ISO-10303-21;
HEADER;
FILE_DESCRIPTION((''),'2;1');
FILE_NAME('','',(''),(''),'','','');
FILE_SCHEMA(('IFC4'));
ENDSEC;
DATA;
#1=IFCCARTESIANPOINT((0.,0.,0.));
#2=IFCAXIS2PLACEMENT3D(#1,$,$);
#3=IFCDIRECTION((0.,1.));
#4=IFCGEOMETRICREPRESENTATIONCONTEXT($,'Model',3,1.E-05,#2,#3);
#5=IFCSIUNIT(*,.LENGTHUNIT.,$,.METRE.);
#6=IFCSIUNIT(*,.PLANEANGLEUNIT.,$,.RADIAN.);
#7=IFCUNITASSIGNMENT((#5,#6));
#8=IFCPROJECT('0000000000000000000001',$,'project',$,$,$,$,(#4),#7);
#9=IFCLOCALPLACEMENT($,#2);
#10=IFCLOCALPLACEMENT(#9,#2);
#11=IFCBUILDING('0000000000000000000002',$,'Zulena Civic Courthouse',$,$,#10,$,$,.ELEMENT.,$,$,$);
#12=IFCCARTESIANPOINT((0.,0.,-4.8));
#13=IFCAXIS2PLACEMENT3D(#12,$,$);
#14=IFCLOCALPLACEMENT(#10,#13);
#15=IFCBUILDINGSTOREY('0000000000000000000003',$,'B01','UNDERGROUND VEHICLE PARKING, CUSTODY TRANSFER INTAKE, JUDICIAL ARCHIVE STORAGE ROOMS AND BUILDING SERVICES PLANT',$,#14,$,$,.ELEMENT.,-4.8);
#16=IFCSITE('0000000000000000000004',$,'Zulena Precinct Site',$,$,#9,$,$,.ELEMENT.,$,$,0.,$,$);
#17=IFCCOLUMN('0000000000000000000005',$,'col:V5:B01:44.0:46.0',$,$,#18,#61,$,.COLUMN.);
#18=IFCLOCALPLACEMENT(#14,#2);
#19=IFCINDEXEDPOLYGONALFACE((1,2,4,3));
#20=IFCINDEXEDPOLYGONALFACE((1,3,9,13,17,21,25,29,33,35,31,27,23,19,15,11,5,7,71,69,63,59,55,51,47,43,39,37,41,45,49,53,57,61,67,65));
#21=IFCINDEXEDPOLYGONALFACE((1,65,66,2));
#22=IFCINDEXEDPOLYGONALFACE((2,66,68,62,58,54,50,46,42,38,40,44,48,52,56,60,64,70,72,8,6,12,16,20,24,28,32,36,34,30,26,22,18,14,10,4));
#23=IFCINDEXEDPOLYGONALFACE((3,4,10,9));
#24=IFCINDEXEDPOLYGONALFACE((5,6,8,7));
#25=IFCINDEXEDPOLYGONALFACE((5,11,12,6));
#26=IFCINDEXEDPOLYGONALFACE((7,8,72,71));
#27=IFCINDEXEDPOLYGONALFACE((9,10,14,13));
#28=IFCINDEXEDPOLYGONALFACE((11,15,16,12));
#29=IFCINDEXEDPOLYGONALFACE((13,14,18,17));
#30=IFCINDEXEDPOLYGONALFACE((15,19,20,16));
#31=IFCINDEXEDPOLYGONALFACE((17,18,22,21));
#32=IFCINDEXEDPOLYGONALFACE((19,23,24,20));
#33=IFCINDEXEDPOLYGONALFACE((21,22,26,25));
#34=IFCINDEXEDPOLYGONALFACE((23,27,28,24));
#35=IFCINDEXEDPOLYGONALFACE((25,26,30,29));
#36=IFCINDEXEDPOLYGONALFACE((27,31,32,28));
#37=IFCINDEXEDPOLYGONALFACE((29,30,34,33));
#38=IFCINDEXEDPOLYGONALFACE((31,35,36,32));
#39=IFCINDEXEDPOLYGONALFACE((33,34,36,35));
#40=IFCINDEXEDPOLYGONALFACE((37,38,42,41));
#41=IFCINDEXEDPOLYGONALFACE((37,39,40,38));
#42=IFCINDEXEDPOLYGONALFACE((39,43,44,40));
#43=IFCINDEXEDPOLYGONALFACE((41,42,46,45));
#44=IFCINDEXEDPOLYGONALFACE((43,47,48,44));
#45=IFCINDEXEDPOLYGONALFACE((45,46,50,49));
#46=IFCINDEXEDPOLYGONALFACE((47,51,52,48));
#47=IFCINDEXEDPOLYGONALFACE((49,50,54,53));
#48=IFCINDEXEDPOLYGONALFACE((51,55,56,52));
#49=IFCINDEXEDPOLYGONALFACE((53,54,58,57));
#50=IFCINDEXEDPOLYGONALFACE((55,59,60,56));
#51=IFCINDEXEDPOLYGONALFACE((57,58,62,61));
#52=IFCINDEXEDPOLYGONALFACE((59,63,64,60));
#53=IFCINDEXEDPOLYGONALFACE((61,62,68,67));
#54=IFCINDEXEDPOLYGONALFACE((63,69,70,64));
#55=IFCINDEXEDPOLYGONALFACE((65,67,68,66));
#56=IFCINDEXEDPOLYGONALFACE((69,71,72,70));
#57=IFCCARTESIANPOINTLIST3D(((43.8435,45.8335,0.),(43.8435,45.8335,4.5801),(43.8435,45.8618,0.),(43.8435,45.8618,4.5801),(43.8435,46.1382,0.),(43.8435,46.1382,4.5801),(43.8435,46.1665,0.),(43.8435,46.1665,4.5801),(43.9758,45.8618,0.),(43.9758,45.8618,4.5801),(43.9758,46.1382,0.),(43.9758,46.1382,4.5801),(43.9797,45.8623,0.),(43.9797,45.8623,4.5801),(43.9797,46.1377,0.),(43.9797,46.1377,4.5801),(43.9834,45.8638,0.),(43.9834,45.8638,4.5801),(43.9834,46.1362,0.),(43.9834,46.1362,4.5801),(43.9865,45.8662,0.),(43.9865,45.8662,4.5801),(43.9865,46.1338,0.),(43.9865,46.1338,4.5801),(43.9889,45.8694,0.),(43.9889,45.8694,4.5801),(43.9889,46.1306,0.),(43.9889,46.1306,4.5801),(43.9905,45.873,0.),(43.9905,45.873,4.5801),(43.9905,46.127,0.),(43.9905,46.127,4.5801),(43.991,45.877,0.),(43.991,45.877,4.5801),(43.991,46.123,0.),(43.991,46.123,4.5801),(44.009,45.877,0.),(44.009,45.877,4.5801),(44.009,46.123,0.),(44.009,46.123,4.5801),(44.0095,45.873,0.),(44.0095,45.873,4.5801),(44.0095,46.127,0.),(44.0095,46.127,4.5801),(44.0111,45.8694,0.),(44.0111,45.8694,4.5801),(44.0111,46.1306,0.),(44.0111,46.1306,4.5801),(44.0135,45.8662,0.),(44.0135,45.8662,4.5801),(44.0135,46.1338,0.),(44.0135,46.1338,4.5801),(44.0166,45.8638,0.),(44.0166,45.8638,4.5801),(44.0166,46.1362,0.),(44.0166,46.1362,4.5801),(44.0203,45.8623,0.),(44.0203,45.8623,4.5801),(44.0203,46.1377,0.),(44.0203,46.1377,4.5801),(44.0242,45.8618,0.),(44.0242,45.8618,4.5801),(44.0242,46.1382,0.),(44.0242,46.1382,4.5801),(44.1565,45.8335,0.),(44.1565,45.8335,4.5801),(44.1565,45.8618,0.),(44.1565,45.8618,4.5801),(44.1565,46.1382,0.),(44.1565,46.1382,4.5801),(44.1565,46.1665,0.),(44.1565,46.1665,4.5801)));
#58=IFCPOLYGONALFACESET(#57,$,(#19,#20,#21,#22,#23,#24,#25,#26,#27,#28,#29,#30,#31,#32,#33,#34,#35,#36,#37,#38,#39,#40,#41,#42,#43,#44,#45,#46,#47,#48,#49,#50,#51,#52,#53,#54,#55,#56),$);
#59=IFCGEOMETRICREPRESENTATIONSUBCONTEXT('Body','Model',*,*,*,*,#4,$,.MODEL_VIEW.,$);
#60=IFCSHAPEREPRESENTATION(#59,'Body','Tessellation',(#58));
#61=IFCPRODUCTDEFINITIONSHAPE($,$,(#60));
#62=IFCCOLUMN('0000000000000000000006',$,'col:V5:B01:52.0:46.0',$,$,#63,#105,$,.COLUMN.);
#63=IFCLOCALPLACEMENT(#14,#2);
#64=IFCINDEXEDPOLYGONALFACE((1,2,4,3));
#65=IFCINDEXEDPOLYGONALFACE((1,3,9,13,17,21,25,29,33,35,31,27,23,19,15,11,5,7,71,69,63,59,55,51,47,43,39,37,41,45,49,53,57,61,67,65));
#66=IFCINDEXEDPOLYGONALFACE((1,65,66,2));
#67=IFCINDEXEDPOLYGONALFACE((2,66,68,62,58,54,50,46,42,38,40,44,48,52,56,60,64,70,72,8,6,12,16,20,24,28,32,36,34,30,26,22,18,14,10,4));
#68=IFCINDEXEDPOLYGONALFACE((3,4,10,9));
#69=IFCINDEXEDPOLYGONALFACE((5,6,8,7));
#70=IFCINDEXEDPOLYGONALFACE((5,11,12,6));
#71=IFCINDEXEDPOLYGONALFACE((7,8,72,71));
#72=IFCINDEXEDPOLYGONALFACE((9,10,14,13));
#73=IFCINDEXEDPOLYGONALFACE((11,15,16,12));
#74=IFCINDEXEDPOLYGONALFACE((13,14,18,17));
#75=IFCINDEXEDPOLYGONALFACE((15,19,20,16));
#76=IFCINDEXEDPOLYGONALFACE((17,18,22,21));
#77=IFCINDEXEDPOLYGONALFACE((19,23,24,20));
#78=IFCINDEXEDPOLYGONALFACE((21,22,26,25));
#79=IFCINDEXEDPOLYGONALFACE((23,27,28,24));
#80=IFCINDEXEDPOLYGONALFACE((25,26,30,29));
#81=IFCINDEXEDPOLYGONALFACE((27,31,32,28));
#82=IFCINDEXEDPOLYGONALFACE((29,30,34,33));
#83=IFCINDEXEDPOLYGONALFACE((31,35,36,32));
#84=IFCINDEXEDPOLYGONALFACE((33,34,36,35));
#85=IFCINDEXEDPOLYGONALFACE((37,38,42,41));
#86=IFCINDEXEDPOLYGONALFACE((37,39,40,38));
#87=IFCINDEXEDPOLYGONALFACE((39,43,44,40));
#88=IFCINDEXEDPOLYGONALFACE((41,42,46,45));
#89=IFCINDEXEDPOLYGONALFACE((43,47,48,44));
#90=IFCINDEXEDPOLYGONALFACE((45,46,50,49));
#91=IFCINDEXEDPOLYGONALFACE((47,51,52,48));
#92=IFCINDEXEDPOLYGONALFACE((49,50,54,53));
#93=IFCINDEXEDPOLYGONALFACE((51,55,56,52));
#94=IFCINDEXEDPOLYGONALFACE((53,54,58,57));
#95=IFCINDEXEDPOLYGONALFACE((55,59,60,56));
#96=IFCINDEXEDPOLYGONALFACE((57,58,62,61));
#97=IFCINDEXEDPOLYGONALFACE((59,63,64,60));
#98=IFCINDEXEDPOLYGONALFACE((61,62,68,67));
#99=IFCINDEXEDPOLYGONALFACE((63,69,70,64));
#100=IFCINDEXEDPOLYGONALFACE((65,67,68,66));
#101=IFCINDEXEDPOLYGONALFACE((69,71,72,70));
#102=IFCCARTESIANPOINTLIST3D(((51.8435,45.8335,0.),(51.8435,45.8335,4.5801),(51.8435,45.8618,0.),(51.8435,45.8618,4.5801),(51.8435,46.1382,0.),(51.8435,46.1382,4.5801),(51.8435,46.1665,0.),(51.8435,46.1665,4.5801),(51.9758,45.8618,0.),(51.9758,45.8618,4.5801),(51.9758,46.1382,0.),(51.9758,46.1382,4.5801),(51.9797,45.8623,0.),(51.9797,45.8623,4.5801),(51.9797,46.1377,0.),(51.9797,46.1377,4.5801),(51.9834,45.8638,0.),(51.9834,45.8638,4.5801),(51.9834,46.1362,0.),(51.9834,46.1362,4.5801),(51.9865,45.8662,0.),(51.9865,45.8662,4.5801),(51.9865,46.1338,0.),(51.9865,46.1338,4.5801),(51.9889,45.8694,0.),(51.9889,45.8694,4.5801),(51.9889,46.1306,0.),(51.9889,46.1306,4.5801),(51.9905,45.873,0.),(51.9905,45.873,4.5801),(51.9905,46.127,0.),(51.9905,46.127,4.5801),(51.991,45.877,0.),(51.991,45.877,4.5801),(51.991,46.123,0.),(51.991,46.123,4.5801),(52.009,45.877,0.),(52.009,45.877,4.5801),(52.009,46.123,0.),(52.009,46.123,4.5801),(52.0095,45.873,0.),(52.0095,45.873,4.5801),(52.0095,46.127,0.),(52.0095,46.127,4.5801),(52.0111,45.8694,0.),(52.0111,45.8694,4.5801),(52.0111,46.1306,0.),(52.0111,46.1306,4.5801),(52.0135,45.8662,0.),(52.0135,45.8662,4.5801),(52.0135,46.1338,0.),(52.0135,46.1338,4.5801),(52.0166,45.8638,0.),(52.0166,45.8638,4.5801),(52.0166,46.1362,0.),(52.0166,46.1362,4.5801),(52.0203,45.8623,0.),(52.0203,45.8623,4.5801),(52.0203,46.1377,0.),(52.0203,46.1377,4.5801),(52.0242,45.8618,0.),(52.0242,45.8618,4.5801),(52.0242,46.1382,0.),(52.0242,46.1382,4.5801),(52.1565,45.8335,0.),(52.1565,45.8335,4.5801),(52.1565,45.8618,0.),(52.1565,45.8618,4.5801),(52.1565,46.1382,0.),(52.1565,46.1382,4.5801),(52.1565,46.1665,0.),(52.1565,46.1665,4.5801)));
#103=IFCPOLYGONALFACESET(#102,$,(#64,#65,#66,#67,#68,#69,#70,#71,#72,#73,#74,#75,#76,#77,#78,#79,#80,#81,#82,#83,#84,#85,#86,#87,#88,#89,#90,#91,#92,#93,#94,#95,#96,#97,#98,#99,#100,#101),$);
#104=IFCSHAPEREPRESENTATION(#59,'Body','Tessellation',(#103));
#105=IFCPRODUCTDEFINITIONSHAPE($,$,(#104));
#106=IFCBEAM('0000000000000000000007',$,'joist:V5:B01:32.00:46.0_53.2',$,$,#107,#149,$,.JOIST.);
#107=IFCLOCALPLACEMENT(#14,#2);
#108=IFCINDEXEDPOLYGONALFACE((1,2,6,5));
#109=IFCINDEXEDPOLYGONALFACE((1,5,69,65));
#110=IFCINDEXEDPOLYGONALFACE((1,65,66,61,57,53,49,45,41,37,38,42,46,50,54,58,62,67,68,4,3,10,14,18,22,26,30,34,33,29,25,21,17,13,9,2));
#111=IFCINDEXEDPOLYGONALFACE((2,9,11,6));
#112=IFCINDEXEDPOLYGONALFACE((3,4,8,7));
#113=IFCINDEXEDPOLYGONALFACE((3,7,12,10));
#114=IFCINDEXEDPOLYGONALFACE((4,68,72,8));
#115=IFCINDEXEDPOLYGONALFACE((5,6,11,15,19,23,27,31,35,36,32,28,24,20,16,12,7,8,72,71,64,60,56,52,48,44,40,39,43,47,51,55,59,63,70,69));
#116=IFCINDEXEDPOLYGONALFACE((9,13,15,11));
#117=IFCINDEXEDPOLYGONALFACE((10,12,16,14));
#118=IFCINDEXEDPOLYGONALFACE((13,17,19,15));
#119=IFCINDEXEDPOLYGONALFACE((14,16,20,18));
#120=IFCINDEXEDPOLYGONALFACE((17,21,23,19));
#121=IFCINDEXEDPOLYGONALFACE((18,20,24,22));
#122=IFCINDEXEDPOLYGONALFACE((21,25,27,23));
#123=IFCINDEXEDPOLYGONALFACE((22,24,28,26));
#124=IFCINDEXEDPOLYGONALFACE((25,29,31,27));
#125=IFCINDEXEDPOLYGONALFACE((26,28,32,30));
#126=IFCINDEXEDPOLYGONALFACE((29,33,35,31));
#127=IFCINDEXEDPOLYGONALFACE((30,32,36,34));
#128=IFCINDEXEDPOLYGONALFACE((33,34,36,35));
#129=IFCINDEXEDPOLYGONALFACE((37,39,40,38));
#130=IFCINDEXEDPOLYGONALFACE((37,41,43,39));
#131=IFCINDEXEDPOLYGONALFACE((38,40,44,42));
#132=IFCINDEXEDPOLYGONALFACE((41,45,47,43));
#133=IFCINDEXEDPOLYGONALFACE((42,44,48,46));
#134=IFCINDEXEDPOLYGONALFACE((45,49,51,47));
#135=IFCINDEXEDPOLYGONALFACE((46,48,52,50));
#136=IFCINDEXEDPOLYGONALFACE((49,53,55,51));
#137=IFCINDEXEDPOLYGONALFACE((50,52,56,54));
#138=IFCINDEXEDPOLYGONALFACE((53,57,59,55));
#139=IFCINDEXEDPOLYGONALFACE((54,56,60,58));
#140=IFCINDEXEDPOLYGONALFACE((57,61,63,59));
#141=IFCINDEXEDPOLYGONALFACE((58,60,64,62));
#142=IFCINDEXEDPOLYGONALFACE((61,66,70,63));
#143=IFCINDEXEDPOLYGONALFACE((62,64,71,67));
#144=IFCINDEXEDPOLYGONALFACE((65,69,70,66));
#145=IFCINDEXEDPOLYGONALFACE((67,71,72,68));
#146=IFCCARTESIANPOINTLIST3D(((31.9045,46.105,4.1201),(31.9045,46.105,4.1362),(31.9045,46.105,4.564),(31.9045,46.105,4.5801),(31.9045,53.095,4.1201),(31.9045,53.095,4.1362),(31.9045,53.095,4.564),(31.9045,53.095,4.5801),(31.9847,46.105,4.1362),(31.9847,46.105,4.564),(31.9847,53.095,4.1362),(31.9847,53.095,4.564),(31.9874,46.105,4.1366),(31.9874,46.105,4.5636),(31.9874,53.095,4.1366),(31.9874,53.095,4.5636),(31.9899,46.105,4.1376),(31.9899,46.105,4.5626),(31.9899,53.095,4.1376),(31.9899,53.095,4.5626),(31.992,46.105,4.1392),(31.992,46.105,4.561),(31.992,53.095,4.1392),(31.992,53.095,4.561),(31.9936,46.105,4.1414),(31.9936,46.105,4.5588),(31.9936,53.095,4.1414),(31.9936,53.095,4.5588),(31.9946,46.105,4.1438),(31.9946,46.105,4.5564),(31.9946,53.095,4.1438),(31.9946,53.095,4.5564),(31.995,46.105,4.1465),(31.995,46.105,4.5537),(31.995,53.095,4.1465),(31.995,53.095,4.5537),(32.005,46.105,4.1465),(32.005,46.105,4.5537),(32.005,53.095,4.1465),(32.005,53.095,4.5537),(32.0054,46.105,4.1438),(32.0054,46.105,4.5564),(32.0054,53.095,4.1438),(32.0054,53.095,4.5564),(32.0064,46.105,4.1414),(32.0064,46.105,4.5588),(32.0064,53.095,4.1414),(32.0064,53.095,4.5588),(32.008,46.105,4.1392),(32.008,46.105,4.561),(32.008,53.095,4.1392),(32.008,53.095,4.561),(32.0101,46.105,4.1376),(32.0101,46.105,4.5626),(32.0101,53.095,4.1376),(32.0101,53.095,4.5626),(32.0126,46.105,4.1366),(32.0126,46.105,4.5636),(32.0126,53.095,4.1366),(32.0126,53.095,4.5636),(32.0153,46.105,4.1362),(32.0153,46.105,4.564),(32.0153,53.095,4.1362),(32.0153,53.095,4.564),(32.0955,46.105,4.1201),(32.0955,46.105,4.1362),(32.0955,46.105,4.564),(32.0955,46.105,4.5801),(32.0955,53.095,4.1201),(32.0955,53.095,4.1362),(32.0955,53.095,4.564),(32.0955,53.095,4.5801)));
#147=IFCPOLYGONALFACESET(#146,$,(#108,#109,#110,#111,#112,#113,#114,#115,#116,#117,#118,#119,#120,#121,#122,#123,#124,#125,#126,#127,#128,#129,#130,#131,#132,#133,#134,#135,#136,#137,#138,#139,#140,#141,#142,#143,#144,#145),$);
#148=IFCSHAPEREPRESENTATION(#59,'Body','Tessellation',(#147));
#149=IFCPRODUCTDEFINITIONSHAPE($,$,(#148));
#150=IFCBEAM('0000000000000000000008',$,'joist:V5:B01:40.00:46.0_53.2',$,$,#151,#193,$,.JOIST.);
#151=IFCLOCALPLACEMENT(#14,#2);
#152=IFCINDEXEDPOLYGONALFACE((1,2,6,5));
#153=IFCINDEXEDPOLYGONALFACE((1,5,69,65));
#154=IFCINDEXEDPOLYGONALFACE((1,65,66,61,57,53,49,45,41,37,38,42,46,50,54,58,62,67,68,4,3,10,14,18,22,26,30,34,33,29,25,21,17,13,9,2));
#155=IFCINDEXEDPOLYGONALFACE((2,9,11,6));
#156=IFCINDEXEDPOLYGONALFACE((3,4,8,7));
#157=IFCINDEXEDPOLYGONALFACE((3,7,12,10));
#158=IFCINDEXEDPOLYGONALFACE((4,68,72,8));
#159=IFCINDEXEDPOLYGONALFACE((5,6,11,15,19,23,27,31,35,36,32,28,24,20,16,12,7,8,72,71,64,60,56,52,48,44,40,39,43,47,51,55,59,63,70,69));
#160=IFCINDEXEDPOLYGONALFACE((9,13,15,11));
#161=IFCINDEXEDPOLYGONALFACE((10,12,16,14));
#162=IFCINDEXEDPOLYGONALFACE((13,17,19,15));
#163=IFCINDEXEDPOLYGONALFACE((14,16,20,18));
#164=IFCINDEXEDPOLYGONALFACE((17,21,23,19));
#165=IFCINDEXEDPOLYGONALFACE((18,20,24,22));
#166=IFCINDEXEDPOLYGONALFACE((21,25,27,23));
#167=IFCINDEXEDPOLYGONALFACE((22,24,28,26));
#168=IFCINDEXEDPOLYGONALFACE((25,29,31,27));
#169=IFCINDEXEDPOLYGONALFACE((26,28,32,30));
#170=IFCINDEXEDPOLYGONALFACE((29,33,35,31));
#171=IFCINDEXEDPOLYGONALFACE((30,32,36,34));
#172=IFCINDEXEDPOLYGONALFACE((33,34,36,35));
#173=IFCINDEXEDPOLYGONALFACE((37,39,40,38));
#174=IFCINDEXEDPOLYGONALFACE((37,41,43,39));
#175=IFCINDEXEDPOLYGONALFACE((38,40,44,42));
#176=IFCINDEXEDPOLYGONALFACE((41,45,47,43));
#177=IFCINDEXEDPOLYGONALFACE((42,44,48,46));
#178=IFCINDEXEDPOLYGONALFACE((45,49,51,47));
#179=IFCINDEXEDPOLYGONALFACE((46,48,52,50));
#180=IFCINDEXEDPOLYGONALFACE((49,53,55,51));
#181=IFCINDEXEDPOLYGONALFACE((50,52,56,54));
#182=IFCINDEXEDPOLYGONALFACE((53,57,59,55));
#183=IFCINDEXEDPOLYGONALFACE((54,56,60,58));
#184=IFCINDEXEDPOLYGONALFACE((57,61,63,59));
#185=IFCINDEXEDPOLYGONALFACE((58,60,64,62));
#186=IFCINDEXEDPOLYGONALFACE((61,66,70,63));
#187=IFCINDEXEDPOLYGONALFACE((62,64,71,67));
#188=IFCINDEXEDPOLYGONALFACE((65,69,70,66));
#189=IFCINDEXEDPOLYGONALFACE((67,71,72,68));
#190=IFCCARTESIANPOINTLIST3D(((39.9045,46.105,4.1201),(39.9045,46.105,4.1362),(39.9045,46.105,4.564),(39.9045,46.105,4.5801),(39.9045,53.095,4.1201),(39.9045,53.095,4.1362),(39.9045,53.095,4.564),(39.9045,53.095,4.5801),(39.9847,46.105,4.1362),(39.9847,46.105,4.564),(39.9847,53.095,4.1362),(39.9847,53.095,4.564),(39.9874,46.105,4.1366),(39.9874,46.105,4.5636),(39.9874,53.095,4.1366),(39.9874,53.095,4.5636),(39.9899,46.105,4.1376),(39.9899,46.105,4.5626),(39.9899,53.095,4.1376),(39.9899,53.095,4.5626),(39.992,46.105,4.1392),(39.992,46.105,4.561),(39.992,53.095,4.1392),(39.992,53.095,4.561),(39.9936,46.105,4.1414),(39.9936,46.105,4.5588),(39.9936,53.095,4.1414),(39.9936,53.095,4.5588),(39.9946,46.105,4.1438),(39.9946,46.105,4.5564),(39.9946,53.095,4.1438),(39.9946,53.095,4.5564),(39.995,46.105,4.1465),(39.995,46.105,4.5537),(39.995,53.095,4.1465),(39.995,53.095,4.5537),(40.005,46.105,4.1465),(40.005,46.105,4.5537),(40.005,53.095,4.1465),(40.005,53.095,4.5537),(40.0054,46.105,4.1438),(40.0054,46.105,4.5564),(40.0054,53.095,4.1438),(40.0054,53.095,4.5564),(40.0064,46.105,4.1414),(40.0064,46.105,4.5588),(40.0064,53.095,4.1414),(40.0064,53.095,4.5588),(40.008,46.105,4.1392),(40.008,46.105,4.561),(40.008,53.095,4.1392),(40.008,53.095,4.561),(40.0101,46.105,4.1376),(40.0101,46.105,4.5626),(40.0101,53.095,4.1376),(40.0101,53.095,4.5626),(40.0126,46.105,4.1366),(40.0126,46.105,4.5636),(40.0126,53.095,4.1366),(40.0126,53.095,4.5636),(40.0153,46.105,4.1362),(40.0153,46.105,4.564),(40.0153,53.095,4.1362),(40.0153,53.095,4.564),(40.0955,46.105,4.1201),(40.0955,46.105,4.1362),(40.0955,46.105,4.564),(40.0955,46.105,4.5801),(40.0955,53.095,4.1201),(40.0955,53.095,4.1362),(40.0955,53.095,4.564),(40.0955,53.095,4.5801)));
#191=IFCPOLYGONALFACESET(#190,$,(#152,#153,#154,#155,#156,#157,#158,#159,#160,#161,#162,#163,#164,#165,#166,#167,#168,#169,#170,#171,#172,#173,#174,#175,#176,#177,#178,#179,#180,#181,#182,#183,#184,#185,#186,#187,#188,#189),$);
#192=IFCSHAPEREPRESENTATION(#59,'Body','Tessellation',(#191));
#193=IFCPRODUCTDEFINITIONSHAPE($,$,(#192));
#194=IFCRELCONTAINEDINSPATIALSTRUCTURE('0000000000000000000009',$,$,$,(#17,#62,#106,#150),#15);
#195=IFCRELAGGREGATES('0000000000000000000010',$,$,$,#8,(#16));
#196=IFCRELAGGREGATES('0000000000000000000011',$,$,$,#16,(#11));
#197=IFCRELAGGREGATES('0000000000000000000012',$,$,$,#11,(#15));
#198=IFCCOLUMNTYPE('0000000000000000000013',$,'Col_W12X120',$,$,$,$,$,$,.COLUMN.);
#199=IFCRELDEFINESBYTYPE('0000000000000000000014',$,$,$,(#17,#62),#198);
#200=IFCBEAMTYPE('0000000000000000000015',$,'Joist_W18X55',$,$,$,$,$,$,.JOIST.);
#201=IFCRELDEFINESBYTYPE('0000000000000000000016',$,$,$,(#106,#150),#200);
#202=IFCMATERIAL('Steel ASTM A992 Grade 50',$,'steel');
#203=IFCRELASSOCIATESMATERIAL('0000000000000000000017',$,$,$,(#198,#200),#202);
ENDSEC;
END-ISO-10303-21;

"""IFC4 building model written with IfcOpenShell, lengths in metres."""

from ifc_helpers import new_model, si_unit, direction, frame, origin, origin_2d, place, context, subcontext, project, spatial, i_section, extrude, material, material_profile, profile_set, type_object, element, save


model = new_model("IFC4")

# Units and contexts
model_context = context("Model", 3, precision=1e-05, world=origin(), true_north=direction((0.0, 1.0)))
body_context = subcontext(model_context, "Body", "Model", "MODEL_VIEW")
ifc_project = project(units=[si_unit("LENGTHUNIT", "METRE"), si_unit("PLANEANGLEUNIT", "RADIAN")], contexts=[model_context])

# Site, building, storey
site_placement = place(None, origin())
site = spatial("IfcSite", under=ifc_project, at=site_placement, Name="Zulena Precinct Site", CompositionType="ELEMENT", RefElevation=0.0)
building_placement = place(site_placement, origin())
building = spatial("IfcBuilding", under=site, at=building_placement, Name="Zulena Civic Courthouse", CompositionType="ELEMENT")
storey_placement = place(building_placement, frame((0.0, 0.0, -4.8)))
storey = spatial("IfcBuildingStorey", under=building, at=storey_placement, Name="B01", Description="UNDERGROUND VEHICLE PARKING, CUSTODY TRANSFER INTAKE, JUDICIAL ARCHIVE STORAGE ROOMS AND BUILDING SERVICES PLANT", CompositionType="ELEMENT", Elevation=-4.8)

# Columns
ifc_material_1 = material(Name="Steel ASTM A992 Grade 50", Category="steel")
ifc_material_profile_1 = material_profile(ifc_material_1, i_section(OverallWidth=0.313, OverallDepth=0.333, WebThickness=0.0181, FlangeThickness=0.0283, FilletRadius=0.0151, at=origin_2d()), Name="W12X120")
ifc_profile_set_1 = profile_set([ifc_material_profile_1], Name="Steel ASTM A992 Grade 50")
column_type = type_object("IfcColumnType", Name="Col_W12X120", PredefinedType="COLUMN", material=ifc_profile_set_1)
for number, where, z_axis, x_axis, name in (
    (1, (44.0, 46.0, 0.0), (0.0, 0.0, 1.0), (1.0, 0.0, 0.0), "col:V5:B01:44.0:46.0"),
    (2, (52.0, 46.0, 0.0), (0.0, 0.0, 1.0), (1.0, 0.0, 0.0), "col:V5:B01:52.0:46.0"),
):
    element("IfcColumn", number, at=place(storey_placement, frame(where, z_axis=z_axis, x_axis=x_axis)), inside=storey, type_object=column_type, Name=name, PredefinedType="COLUMN", context=body_context, shape_type="SweptSolid", body=[
        extrude(i_section(OverallWidth=0.313, OverallDepth=0.333, WebThickness=0.0181, FlangeThickness=0.0283, FilletRadius=0.0151, at=origin_2d()), origin(), (0.0, 0.0, 1.0), 4.5801),
    ])

# Beams
ifc_material_profile_2 = material_profile(ifc_material_1, i_section(OverallWidth=0.1909, OverallDepth=0.46, WebThickness=0.01, FlangeThickness=0.0161, FilletRadius=0.0103, at=origin_2d()), Name="W18X55")
ifc_profile_set_2 = profile_set([ifc_material_profile_2], Name="Steel ASTM A992 Grade 50")
beam_type_1 = type_object("IfcBeamType", Name="Joist_W18X55", PredefinedType="JOIST", material=ifc_profile_set_2)
for number, where, z_axis, x_axis, name in (
    (3, (32.0, 46.105, 4.3501), (0.0, 1.0, 0.0), (-1.0, 0.0, 0.0), "joist:V5:B01:32.00:46.0_53.2"),
    (4, (40.0, 46.105, 4.3501), (0.0, 1.0, 0.0), (-1.0, 0.0, 0.0), "joist:V5:B01:40.00:46.0_53.2"),
):
    element("IfcBeam", number, at=place(storey_placement, frame(where, z_axis=z_axis, x_axis=x_axis)), inside=storey, type_object=beam_type_1, Name=name, PredefinedType="JOIST", context=body_context, shape_type="SweptSolid", body=[
        extrude(i_section(OverallWidth=0.1909, OverallDepth=0.46, WebThickness=0.01, FlangeThickness=0.0161, FilletRadius=0.0103, at=origin_2d()), origin(), (0.0, 0.0, 1.0), 6.99),
    ])

save(model, "model.ifc")
